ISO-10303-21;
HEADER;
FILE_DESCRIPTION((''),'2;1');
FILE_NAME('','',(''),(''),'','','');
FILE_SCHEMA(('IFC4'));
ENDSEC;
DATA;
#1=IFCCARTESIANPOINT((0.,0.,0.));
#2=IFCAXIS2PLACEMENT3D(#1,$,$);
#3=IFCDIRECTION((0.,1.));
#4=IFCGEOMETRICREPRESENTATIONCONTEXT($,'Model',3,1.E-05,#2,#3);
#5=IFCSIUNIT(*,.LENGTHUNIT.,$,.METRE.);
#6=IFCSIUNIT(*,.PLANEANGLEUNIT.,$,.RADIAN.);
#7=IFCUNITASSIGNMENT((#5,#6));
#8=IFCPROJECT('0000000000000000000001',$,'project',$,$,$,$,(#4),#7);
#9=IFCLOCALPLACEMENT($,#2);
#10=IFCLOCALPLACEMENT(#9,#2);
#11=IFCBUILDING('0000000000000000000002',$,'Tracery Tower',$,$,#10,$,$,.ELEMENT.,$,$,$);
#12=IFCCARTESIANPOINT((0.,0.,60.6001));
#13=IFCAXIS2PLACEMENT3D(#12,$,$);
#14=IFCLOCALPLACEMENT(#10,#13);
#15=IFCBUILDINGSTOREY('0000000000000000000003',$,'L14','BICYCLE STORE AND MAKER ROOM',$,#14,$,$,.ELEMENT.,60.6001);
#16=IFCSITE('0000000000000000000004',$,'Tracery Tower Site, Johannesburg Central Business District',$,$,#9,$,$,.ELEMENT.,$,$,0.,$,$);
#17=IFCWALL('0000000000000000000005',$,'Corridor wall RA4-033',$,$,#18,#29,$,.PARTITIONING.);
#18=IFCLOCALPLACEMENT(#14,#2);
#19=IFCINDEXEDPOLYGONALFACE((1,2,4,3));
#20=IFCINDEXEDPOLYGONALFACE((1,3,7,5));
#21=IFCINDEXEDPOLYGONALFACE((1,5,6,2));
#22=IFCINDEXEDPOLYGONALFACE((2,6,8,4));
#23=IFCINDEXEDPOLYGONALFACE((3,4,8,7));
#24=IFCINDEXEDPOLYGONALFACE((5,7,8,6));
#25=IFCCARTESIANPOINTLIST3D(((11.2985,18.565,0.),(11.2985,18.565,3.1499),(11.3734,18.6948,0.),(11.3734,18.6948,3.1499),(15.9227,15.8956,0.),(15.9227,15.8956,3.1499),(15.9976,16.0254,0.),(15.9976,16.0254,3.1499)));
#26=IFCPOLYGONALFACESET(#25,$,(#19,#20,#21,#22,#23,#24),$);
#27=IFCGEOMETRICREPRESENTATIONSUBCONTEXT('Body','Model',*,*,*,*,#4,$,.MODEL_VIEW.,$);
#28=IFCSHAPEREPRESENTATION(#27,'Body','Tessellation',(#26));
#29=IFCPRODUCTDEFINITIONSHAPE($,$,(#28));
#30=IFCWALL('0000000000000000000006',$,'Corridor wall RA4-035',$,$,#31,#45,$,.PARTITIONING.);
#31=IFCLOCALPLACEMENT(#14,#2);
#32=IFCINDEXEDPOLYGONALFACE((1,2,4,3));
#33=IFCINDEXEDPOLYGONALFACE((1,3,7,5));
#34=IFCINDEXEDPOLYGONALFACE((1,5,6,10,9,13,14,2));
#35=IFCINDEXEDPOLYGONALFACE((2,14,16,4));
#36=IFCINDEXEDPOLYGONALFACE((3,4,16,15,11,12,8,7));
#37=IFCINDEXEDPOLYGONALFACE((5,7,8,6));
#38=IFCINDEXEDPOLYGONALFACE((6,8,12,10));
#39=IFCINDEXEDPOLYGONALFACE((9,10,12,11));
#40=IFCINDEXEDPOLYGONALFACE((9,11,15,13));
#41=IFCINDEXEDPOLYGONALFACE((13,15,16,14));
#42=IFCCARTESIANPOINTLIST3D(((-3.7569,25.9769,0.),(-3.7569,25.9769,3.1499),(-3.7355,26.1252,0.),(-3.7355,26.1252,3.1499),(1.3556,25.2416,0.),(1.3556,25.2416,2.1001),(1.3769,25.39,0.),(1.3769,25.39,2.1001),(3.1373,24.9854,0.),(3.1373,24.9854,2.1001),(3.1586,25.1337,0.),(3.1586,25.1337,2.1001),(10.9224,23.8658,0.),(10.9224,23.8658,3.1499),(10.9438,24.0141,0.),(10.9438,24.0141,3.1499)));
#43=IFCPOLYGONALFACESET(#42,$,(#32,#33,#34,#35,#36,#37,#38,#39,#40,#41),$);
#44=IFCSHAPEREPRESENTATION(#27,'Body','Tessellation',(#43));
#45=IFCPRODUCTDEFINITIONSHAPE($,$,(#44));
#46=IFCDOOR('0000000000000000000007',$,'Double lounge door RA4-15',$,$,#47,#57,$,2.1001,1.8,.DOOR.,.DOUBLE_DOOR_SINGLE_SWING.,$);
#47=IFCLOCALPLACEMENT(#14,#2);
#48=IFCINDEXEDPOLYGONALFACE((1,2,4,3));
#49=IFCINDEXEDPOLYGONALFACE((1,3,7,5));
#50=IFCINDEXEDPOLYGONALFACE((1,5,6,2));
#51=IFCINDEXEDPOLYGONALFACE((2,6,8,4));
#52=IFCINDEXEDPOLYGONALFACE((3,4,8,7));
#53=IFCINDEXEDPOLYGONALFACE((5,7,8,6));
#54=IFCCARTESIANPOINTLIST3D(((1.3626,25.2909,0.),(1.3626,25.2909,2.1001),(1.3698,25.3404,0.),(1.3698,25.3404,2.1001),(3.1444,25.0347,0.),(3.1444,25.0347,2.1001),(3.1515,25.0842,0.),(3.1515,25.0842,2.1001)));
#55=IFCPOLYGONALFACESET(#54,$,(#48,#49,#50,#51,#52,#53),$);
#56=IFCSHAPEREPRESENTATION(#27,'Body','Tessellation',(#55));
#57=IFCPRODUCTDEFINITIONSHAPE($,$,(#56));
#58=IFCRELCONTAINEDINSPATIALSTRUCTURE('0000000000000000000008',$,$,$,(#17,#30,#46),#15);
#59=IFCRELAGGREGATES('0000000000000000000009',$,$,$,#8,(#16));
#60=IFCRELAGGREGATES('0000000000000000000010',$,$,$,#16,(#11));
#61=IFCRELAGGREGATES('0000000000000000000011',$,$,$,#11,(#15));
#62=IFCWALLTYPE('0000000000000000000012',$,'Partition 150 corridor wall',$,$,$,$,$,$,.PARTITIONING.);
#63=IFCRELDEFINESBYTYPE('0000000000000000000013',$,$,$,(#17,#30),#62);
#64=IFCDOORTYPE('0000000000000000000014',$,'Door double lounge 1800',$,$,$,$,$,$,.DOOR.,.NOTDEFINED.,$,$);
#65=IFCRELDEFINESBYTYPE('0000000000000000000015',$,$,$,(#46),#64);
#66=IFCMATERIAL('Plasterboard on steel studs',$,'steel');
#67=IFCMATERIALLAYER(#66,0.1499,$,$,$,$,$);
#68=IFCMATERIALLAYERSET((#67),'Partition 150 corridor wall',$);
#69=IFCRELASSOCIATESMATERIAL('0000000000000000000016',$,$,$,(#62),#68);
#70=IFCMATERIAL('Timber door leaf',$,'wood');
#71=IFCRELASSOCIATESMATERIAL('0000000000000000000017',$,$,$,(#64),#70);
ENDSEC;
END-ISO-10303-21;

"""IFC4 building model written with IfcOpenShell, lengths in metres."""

from ifc_helpers import new_model, si_unit, direction, frame, frame_2d, origin, place, context, subcontext, project, spatial, rectangle, extrude, material, layer, layer_set, type_object, element, fill, save


model = new_model("IFC4")

# Units and contexts
model_context = context("Model", 3, precision=1e-05, world=origin(), true_north=direction((0.0, 1.0)))
body_context = subcontext(model_context, "Body", "Model", "MODEL_VIEW")
ifc_project = project(units=[si_unit("LENGTHUNIT", "METRE"), si_unit("PLANEANGLEUNIT", "RADIAN")], contexts=[model_context])

# Site, building, storey
site_placement = place(None, origin())
site = spatial("IfcSite", under=ifc_project, at=site_placement, Name="Tracery Tower Site, Johannesburg Central Business District", CompositionType="ELEMENT", RefElevation=0.0)
building_placement = place(site_placement, origin())
building = spatial("IfcBuilding", under=site, at=building_placement, Name="Tracery Tower", CompositionType="ELEMENT")
storey_placement = place(building_placement, frame((0.0, 0.0, 60.6001)))
storey = spatial("IfcBuildingStorey", under=building, at=storey_placement, Name="L14", Description="BICYCLE STORE AND MAKER ROOM", CompositionType="ELEMENT", Elevation=60.6001)

# Shared definitions
ifc_material_1 = material(Name="Plasterboard on steel studs", Category="steel")
ifc_layer_1 = layer(ifc_material_1, 0.1499)
ifc_layer_set_1 = layer_set([ifc_layer_1], Name="Partition 150 corridor wall")
wall_type_1 = type_object("IfcWallType", Name="Partition 150 corridor wall", PredefinedType="PARTITIONING", material=ifc_layer_set_1)

# Wall
wall_1_placement = place(storey_placement, frame((11.3359, 18.6299, 0.0), z_axis=(0.0, 0.0, 1.0), x_axis=(0.866057, -0.499945, 0.0)))
element("IfcWall", 1, at=wall_1_placement, inside=storey, type_object=wall_type_1, Name="Corridor wall RA4-033", PredefinedType="PARTITIONING", context=body_context, shape_type="SweptSolid", body=[
    extrude(rectangle(XDim=5.3394, YDim=0.1499, at=frame_2d((2.6697, 0.0))), origin(), (0.0, 0.0, 1.0), 3.1499),
])

# Wall, opening, door
wall_2_placement = place(storey_placement, frame((-3.7461, 26.051, 0.0), z_axis=(0.0, 0.0, 1.0), x_axis=(0.989816, -0.14235, 0.0)))
wall_2 = element("IfcWall", 2, at=wall_2_placement, inside=storey, type_object=wall_type_1, Name="Corridor wall RA4-035", PredefinedType="PARTITIONING", context=body_context, shape_type="SweptSolid", body=[
    extrude(rectangle(XDim=14.8303, YDim=0.1499, at=frame_2d((7.415, 0.0))), origin(), (0.0, 0.0, 1.0), 3.1499),
])
opening_1_placement = place(wall_2_placement, frame((5.165, 0.0, 0.0)))
opening_1 = element("IfcOpeningElement", 3, at=opening_1_placement, cuts=wall_2, PredefinedType="OPENING", context=body_context, shape_type="SweptSolid", body=[
    extrude(rectangle(XDim=1.8, YDim=2.1001, at=frame_2d((0.8999, 1.05))), frame((0.0, 0.075, 0.0), z_axis=(0.0, -1.0, 0.0), x_axis=(1.0, 0.0, 0.0)), (0.0, 0.0, 1.0), 0.1499),
])
ifc_material_2 = material(Name="Timber door leaf", Category="wood")
door_type_1 = type_object("IfcDoorType", Name="Door double lounge 1800", OperationType="NOTDEFINED", PredefinedType="DOOR", material=ifc_material_2)
door_1_placement = place(opening_1_placement, origin())
door_1 = element("IfcDoor", 4, at=door_1_placement, inside=storey, type_object=door_type_1, Name="Double lounge door RA4-15", OperationType="DOUBLE_DOOR_SINGLE_SWING", OverallHeight=2.1001, OverallWidth=1.8, PredefinedType="DOOR", context=body_context, shape_type="SweptSolid", body=[
    extrude(rectangle(XDim=1.8, YDim=2.1001, at=frame_2d((0.8999, 1.05))), frame((0.0, 0.0249, 0.0), z_axis=(0.0, -1.0, 0.0), x_axis=(1.0, 0.0, 0.0)), (0.0, 0.0, 1.0), 0.05),
])
fill(opening_1, door_1)

save(model, "model.ifc")
